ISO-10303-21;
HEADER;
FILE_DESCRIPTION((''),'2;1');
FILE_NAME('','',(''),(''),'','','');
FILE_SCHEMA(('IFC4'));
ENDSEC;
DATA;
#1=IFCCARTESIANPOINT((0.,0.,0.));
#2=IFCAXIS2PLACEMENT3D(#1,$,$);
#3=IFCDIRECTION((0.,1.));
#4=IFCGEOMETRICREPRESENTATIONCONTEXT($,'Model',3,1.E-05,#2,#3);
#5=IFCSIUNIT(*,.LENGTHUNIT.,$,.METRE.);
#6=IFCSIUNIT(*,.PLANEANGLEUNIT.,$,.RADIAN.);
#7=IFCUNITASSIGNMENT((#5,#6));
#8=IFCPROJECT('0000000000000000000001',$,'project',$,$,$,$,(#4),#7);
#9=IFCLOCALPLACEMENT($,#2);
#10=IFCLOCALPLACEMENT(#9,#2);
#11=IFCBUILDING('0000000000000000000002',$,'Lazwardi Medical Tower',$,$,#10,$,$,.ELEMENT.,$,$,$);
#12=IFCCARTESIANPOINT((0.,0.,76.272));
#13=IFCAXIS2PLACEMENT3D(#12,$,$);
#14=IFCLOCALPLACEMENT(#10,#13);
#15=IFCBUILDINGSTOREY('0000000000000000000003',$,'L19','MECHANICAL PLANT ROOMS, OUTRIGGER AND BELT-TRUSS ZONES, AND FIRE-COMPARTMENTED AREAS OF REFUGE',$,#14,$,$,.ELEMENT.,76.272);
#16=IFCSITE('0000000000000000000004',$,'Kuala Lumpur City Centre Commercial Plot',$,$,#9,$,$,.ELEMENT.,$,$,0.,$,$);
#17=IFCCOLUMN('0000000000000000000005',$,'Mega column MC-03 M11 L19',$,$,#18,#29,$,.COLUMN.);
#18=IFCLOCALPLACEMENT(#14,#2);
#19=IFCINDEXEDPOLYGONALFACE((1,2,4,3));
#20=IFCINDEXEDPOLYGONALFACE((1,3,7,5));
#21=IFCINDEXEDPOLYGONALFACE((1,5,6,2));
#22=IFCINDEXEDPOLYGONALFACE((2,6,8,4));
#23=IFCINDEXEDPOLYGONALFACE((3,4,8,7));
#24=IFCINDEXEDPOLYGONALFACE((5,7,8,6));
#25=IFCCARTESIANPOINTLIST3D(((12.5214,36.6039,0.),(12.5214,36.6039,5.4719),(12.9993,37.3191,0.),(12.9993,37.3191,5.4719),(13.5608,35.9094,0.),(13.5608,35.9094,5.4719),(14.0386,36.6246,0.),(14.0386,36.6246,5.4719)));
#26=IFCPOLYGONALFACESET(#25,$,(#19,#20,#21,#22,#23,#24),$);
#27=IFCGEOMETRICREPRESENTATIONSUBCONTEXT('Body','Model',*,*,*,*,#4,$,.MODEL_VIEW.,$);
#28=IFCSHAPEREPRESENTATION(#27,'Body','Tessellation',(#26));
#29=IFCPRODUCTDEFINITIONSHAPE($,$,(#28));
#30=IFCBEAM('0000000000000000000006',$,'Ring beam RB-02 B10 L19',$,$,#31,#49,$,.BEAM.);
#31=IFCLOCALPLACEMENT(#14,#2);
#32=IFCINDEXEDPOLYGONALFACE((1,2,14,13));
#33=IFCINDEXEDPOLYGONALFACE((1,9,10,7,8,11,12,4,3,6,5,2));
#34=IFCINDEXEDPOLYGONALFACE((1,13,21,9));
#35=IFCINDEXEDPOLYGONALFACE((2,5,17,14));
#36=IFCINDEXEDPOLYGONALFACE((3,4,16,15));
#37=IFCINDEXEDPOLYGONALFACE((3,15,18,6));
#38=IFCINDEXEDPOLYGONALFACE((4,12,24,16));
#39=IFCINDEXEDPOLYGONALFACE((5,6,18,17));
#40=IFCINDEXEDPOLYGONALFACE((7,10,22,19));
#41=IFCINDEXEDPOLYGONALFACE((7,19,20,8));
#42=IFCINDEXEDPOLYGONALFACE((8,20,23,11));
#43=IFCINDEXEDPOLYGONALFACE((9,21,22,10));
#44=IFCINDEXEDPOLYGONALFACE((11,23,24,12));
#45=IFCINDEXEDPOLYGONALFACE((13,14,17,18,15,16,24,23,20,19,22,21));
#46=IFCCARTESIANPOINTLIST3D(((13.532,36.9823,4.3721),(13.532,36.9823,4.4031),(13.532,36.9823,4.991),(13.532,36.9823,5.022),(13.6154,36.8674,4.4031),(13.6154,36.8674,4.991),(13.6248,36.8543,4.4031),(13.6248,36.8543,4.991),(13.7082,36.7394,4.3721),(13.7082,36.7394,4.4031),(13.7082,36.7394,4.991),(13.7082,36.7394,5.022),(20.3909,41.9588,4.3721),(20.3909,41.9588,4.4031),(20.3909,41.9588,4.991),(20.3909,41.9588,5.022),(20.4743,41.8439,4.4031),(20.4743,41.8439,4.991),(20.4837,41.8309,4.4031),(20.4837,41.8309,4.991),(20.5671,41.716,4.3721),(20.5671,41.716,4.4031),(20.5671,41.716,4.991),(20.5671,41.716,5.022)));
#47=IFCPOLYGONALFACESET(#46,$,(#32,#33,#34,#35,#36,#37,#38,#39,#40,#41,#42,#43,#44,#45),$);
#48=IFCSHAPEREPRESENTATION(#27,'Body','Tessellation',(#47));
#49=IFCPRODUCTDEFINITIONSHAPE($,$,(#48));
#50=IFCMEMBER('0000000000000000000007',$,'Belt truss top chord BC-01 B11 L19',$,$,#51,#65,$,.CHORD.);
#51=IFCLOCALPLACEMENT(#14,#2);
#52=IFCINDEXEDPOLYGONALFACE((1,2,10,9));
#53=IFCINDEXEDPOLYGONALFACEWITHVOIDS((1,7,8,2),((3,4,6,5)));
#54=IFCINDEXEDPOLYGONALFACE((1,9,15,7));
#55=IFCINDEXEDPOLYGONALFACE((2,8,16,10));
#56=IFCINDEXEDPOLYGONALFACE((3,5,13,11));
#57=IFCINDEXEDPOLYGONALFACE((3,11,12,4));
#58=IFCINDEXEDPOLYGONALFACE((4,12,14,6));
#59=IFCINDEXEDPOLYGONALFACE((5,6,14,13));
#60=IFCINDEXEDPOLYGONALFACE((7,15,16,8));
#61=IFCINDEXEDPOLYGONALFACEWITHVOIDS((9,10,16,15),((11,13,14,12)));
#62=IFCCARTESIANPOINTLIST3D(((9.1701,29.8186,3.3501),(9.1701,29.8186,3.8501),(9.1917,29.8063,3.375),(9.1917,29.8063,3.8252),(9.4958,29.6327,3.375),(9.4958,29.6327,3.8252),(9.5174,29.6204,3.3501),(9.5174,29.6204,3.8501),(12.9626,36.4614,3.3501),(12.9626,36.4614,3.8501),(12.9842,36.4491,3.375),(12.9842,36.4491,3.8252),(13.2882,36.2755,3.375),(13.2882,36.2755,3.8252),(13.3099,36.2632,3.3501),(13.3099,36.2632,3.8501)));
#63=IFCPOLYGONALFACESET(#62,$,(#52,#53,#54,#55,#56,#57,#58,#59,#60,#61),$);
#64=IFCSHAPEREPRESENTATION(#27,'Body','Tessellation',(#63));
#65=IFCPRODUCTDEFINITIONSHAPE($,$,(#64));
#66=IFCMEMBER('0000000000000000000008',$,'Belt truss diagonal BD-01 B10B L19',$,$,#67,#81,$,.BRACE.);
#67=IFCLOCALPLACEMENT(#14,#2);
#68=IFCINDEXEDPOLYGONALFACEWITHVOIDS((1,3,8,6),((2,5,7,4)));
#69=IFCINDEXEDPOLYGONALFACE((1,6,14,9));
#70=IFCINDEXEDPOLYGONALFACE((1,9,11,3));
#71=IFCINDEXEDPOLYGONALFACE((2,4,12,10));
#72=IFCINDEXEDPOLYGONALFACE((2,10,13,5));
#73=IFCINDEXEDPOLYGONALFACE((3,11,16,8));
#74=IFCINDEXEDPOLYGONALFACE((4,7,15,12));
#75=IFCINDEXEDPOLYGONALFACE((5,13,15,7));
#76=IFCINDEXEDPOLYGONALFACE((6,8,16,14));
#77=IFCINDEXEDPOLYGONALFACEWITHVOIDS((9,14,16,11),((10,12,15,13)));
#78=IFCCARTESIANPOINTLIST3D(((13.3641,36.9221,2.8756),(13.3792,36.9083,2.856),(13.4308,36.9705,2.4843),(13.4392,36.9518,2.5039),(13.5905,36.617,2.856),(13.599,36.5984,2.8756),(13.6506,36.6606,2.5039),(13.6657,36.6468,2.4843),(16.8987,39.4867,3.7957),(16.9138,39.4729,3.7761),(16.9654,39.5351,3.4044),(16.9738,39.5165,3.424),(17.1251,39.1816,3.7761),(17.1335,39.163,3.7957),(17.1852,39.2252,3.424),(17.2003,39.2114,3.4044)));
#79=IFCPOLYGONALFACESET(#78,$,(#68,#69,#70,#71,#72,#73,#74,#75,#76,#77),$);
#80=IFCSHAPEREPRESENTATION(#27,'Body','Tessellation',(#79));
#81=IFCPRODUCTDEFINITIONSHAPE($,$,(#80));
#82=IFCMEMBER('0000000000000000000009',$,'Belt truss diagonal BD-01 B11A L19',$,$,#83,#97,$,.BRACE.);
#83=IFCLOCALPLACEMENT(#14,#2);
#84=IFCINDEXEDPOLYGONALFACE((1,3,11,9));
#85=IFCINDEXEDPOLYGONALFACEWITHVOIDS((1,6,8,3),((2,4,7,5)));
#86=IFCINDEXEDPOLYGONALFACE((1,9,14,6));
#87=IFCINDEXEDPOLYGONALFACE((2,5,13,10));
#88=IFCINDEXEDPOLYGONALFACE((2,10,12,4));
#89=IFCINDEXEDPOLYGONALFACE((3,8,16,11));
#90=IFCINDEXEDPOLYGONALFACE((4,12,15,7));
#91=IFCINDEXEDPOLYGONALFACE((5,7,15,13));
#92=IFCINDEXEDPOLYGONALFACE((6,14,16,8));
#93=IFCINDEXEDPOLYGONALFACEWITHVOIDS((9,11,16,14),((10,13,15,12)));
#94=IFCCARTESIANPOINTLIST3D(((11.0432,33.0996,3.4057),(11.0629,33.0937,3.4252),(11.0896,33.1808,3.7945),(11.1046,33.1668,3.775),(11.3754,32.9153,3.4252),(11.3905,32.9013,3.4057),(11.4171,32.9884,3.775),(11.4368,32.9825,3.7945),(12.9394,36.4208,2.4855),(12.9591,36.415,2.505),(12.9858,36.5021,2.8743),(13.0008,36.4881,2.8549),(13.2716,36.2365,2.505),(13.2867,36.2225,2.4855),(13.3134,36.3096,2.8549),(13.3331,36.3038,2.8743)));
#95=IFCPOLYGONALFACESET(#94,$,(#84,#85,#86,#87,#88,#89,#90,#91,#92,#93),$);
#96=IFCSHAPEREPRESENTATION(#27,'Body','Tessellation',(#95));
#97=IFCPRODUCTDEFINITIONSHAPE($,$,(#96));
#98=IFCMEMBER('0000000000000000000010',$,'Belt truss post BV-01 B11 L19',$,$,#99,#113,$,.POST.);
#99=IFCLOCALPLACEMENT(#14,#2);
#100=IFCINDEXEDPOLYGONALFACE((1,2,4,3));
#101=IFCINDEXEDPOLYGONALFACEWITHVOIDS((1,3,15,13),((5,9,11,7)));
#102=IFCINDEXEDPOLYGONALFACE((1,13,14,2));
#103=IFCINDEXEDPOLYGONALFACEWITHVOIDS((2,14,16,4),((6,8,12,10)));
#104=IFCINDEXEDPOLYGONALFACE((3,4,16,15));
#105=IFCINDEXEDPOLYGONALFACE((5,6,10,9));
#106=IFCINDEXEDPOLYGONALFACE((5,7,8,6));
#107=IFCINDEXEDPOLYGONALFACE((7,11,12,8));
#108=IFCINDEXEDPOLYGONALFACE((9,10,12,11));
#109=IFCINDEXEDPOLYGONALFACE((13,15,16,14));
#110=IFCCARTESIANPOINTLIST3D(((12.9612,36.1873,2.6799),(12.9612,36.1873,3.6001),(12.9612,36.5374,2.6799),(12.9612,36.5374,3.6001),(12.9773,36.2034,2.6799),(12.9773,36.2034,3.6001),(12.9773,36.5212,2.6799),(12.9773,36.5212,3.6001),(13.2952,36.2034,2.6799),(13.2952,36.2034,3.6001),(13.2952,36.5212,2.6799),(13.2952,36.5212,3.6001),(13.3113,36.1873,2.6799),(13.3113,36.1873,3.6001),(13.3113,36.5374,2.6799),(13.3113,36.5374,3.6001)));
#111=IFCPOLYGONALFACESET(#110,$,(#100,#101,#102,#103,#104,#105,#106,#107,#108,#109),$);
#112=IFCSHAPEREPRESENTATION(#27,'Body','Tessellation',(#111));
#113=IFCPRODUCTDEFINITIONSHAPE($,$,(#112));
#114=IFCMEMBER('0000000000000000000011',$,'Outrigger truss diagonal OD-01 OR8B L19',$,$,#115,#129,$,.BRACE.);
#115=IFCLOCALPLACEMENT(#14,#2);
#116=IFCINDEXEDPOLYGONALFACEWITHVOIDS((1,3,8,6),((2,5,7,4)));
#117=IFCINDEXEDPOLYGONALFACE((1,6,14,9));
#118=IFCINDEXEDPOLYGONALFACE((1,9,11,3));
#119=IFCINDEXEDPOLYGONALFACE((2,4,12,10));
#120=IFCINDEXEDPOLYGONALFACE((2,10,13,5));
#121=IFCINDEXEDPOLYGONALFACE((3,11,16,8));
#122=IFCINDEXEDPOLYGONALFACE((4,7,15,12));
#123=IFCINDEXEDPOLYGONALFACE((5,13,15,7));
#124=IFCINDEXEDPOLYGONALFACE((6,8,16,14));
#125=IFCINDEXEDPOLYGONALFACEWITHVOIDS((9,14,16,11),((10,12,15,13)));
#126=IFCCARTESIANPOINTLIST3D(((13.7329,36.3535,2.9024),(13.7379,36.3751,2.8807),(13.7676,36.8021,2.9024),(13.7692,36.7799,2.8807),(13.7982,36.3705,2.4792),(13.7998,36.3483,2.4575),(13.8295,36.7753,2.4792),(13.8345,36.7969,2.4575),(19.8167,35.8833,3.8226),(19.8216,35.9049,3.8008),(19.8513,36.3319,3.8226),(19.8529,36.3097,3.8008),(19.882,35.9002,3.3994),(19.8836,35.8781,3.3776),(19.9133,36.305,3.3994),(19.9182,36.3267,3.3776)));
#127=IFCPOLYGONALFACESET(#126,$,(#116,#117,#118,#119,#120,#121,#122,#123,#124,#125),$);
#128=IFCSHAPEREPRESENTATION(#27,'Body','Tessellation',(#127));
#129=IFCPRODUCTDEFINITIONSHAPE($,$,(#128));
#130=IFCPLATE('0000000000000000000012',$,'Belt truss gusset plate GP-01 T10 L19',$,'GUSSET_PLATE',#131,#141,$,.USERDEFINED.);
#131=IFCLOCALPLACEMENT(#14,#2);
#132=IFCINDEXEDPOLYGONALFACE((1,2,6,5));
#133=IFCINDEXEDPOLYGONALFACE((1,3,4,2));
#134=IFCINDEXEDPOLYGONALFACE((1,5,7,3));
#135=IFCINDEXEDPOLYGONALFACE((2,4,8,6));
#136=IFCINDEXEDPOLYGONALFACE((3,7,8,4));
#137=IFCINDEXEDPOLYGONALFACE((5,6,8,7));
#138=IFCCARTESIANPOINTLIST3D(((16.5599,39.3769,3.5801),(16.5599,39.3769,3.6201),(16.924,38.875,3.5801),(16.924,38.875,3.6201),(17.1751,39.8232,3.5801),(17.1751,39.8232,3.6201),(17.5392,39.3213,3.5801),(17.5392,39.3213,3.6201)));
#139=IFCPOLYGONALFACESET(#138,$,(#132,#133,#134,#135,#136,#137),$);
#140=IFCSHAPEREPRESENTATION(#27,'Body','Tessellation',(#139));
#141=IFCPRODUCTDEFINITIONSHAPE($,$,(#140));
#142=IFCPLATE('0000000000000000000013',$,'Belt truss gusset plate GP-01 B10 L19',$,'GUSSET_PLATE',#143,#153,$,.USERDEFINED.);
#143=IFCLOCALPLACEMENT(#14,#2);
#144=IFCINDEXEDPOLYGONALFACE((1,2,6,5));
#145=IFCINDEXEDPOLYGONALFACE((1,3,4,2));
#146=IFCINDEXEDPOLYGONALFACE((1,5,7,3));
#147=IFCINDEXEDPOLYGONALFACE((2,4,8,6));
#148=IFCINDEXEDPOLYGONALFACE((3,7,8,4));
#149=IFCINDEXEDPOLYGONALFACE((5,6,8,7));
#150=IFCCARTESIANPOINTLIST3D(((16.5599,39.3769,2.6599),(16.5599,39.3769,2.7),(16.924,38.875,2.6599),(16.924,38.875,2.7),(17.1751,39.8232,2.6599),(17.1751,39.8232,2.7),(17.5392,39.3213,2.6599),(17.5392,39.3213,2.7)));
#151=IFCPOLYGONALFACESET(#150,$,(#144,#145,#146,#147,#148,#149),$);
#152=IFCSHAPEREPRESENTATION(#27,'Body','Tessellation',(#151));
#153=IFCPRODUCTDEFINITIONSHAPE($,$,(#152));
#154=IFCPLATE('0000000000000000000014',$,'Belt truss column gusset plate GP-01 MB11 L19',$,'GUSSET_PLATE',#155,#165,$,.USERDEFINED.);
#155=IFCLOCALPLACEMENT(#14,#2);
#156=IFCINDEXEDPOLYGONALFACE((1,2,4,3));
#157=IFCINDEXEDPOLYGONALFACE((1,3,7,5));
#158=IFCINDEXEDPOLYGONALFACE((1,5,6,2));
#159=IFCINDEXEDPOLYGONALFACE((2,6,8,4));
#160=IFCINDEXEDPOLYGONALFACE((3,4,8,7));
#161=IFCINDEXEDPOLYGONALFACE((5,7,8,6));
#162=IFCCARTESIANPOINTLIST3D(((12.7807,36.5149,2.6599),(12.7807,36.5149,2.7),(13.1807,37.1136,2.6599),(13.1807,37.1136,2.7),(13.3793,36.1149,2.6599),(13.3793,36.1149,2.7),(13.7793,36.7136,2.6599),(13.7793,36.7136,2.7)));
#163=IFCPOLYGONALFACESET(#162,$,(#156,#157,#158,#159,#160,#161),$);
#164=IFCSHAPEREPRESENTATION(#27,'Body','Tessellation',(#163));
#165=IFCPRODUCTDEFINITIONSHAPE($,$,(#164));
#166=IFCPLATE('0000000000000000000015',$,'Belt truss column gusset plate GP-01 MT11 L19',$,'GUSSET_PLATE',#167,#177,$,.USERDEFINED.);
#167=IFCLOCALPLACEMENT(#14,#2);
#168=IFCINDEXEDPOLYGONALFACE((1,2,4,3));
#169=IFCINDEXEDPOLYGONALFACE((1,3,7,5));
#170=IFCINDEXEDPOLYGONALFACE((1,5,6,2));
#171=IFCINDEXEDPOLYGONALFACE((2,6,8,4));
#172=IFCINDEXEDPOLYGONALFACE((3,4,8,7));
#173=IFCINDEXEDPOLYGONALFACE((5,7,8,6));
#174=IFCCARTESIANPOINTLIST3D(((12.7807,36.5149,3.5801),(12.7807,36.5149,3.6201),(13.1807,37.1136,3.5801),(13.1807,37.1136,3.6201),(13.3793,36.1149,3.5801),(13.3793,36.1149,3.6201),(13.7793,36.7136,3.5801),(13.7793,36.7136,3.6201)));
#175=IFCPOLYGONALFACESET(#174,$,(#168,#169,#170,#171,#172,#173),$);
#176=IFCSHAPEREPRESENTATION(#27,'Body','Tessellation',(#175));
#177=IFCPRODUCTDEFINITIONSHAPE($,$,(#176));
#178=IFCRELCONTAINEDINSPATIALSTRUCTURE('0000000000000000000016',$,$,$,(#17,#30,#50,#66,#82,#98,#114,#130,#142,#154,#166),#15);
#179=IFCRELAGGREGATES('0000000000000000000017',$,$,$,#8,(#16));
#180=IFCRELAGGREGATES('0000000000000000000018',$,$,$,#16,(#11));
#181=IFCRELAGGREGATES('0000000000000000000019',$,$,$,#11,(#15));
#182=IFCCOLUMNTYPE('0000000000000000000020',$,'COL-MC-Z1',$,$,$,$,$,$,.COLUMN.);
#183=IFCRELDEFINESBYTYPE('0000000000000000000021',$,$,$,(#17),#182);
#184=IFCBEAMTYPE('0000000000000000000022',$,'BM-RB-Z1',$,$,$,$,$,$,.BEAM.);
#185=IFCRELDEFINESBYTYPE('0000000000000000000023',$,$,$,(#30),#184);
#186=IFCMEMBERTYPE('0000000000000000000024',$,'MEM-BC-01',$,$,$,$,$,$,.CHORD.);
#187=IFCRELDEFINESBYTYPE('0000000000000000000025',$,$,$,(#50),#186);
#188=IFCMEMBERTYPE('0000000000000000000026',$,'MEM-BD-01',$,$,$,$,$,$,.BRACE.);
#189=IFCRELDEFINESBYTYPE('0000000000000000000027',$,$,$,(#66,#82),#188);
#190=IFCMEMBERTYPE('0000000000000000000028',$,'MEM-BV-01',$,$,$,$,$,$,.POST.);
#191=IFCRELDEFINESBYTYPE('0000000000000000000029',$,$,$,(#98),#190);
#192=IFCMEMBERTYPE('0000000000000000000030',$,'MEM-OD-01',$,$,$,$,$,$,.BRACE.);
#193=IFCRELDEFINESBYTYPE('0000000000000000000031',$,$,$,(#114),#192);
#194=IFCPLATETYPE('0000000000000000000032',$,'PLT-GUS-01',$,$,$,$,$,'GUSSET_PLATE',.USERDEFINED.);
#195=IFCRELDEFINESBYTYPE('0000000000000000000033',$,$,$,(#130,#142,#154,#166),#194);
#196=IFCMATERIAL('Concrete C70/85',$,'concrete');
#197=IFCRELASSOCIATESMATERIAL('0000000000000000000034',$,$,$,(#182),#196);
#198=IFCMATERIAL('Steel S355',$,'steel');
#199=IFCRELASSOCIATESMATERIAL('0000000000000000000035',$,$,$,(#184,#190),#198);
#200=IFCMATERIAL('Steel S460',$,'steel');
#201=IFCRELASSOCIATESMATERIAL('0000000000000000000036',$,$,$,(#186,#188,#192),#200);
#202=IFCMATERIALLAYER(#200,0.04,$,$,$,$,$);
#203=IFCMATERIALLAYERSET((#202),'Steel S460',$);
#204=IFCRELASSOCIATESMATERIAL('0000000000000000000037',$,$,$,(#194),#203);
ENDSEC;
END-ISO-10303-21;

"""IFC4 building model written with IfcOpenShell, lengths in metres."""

from ifc_helpers import new_model, si_unit, direction, frame, origin, origin_2d, place, context, subcontext, project, spatial, rectangle, hollow_rectangle, i_section, extrude, material, layer, layer_set, material_profile, profile_set, type_object, element, save


model = new_model("IFC4")

# Units and contexts
model_context = context("Model", 3, precision=1e-05, world=origin(), true_north=direction((0.0, 1.0)))
body_context = subcontext(model_context, "Body", "Model", "MODEL_VIEW")
ifc_project = project(units=[si_unit("LENGTHUNIT", "METRE"), si_unit("PLANEANGLEUNIT", "RADIAN")], contexts=[model_context])

# Site, building, storey
site_placement = place(None, origin())
site = spatial("IfcSite", under=ifc_project, at=site_placement, Name="Kuala Lumpur City Centre Commercial Plot", CompositionType="ELEMENT", RefElevation=0.0)
building_placement = place(site_placement, origin())
building = spatial("IfcBuilding", under=site, at=building_placement, Name="Lazwardi Medical Tower", CompositionType="ELEMENT")
storey_placement = place(building_placement, frame((0.0, 0.0, 76.272)))
storey = spatial("IfcBuildingStorey", under=building, at=storey_placement, Name="L19", Description="MECHANICAL PLANT ROOMS, OUTRIGGER AND BELT-TRUSS ZONES, AND FIRE-COMPARTMENTED AREAS OF REFUGE", CompositionType="ELEMENT", Elevation=76.272)

# Column
ifc_material_1 = material(Name="Concrete C70/85", Category="concrete")
ifc_material_profile_1 = material_profile(ifc_material_1, rectangle(XDim=1.25, YDim=0.8601, at=origin_2d()), Name="CFT-RECT 1250x860")
ifc_profile_set_1 = profile_set([ifc_material_profile_1], Name="Concrete C70/85")
column_type = type_object("IfcColumnType", Name="COL-MC-Z1", PredefinedType="COLUMN", material=ifc_profile_set_1)
column_placement = place(storey_placement, frame((13.28, 36.6143, 0.0), z_axis=(0.0, 0.0, 1.0), x_axis=(-0.83147, 0.55557, 0.0)))
element("IfcColumn", 1, at=column_placement, inside=storey, type_object=column_type, Name="Mega column MC-03 M11 L19", PredefinedType="COLUMN", context=body_context, shape_type="SweptSolid", body=[
    extrude(rectangle(XDim=1.25, YDim=0.8601, at=origin_2d()), origin(), (0.0, 0.0, 1.0), 5.4719),
])

# Beam
ifc_material_2 = material(Name="Steel S355", Category="steel")
ifc_material_profile_2 = material_profile(ifc_material_2, i_section(OverallWidth=0.3, OverallDepth=0.6499, WebThickness=0.0161, FlangeThickness=0.031, at=origin_2d()), Name="HEB 650")
ifc_profile_set_2 = profile_set([ifc_material_profile_2], Name="Steel S355")
beam_type = type_object("IfcBeamType", Name="BM-RB-Z1", PredefinedType="BEAM", material=ifc_profile_set_2)
beam_placement = place(storey_placement, frame((20.479, 41.8374, 4.697), z_axis=(-0.809393, -0.587267, 0.0), x_axis=(0.587267, -0.809393, 0.0)))
element("IfcBeam", 2, at=beam_placement, inside=storey, type_object=beam_type, Name="Ring beam RB-02 B10 L19", PredefinedType="BEAM", context=body_context, shape_type="SweptSolid", body=[
    extrude(i_section(OverallWidth=0.3, OverallDepth=0.6499, WebThickness=0.0161, FlangeThickness=0.031, at=origin_2d()), origin(), (0.0, 0.0, 1.0), 8.4741),
])

# Members
ifc_material_3 = material(Name="Steel S460", Category="steel")
ifc_material_profile_3 = material_profile(ifc_material_3, hollow_rectangle(XDim=0.3999, YDim=0.5, WallThickness=0.0249, at=origin_2d()), Name="RHS 500x400x25")
ifc_profile_set_3 = profile_set([ifc_material_profile_3], Name="Steel S460")
member_type_1 = type_object("IfcMemberType", Name="MEM-BC-01", PredefinedType="CHORD", material=ifc_profile_set_3)
member_1_placement = place(storey_placement, frame((13.1362, 36.3623, 3.6001), z_axis=(-0.495802, -0.868436, 0.0), x_axis=(0.868436, -0.495802, 0.0)))
element("IfcMember", 3, at=member_1_placement, inside=storey, type_object=member_type_1, Name="Belt truss top chord BC-01 B11 L19", PredefinedType="CHORD", context=body_context, shape_type="SweptSolid", body=[
    extrude(hollow_rectangle(XDim=0.3999, YDim=0.5, WallThickness=0.0249, at=origin_2d()), origin(), (0.0, 0.0, 1.0), 7.6492),
])
ifc_material_profile_4 = material_profile(ifc_material_3, hollow_rectangle(XDim=0.3999, YDim=0.3999, WallThickness=0.02, at=origin_2d()), Name="RHS 400x400x20")
ifc_profile_set_4 = profile_set([ifc_material_profile_4], Name="Steel S460")
member_type_2 = type_object("IfcMemberType", Name="MEM-BD-01", PredefinedType="BRACE", material=ifc_profile_set_4)
member_2_placement = place(storey_placement, frame((13.5149, 36.7844, 2.6799), z_axis=(0.791996, 0.574659, 0.206177), x_axis=(-0.587277, 0.809386, 0.0)))
element("IfcMember", 4, at=member_2_placement, inside=storey, type_object=member_type_2, Name="Belt truss diagonal BD-01 B10B L19", PredefinedType="BRACE", context=body_context, shape_type="SweptSolid", body=[
    extrude(hollow_rectangle(XDim=0.3999, YDim=0.3999, WallThickness=0.02, at=origin_2d()), origin(), (0.0, 0.0, 1.0), 4.4629),
])
member_3_placement = place(storey_placement, frame((13.1362, 36.3623, 2.6799), z_axis=(-0.482059, -0.844333, 0.233923), x_axis=(0.868428, -0.495816, 0.0)))
element("IfcMember", 5, at=member_3_placement, inside=storey, type_object=member_type_2, Name="Belt truss diagonal BD-01 B11A L19", PredefinedType="BRACE", context=body_context, shape_type="SweptSolid", body=[
    extrude(hollow_rectangle(XDim=0.3999, YDim=0.3999, WallThickness=0.02, at=origin_2d()), origin(), (0.0, 0.0, 1.0), 3.9336),
])
ifc_material_profile_5 = material_profile(ifc_material_2, hollow_rectangle(XDim=0.3501, YDim=0.3501, WallThickness=0.0161, at=origin_2d()), Name="RHS 350x350x16")
ifc_profile_set_5 = profile_set([ifc_material_profile_5], Name="Steel S355")
member_type_3 = type_object("IfcMemberType", Name="MEM-BV-01", PredefinedType="POST", material=ifc_profile_set_5)
member_4_placement = place(storey_placement, frame((13.1362, 36.3623, 2.6799), z_axis=(0.0, 0.0, 1.0), x_axis=(1.0, 0.0, 0.0)))
element("IfcMember", 6, at=member_4_placement, inside=storey, type_object=member_type_3, Name="Belt truss post BV-01 B11 L19", PredefinedType="POST", context=body_context, shape_type="SweptSolid", body=[
    extrude(hollow_rectangle(XDim=0.3501, YDim=0.3501, WallThickness=0.0161, at=origin_2d()), origin(), (0.0, 0.0, 1.0), 0.9202),
])
ifc_material_profile_6 = material_profile(ifc_material_3, hollow_rectangle(XDim=0.45, YDim=0.45, WallThickness=0.022, at=origin_2d()), Name="RHS 450x450x22")
ifc_profile_set_6 = profile_set([ifc_material_profile_6], Name="Steel S460")
member_type_4 = type_object("IfcMemberType", Name="MEM-OD-01", PredefinedType="BRACE", material=ifc_profile_set_6)
member_5_placement = place(storey_placement, frame((13.7837, 36.5752, 2.6799), z_axis=(0.98588, -0.076199, 0.149114), x_axis=(0.077061, 0.997026, 0.0)))
element("IfcMember", 7, at=member_5_placement, inside=storey, type_object=member_type_4, Name="Outrigger truss diagonal OD-01 OR8B L19", PredefinedType="BRACE", context=body_context, shape_type="SweptSolid", body=[
    extrude(hollow_rectangle(XDim=0.45, YDim=0.45, WallThickness=0.022, at=origin_2d()), origin(), (0.0, 0.0, 1.0), 6.1709),
])

# Plates
ifc_layer = layer(ifc_material_3, 0.04)
ifc_layer_set = layer_set([ifc_layer], Name="Steel S460")
plate_type = type_object("IfcPlateType", Name="PLT-GUS-01", ElementType="GUSSET_PLATE", PredefinedType="USERDEFINED", material=ifc_layer_set)
for number, where, z_axis, x_axis, name in (
    (8, (17.0496, 39.3491, 3.5801), (0.0, 0.0, 1.0), (-0.809427, -0.58722, 0.0), "Belt truss gusset plate GP-01 T10 L19"),
    (9, (17.0496, 39.3491, 2.6599), (0.0, 0.0, 1.0), (-0.809427, -0.58722, 0.0), "Belt truss gusset plate GP-01 B10 L19"),
):
    element("IfcPlate", number, at=place(storey_placement, frame(where, z_axis=z_axis, x_axis=x_axis)), inside=storey, type_object=plate_type, Name=name, ObjectType="GUSSET_PLATE", PredefinedType="USERDEFINED", context=body_context, shape_type="SweptSolid", body=[
        extrude(rectangle(XDim=0.76, YDim=0.6201, at=origin_2d()), origin(), (0.0, 0.0, 1.0), 0.04),
    ])
for number, where, z_axis, x_axis, name in (
    (10, (13.28, 36.6143, 2.6599), (0.0, 0.0, 1.0), (-0.83147, 0.55557, 0.0), "Belt truss column gusset plate GP-01 MB11 L19"),
    (11, (13.28, 36.6143, 3.5801), (0.0, 0.0, 1.0), (-0.83147, 0.55557, 0.0), "Belt truss column gusset plate GP-01 MT11 L19"),
):
    element("IfcPlate", number, at=place(storey_placement, frame(where, z_axis=z_axis, x_axis=x_axis)), inside=storey, type_object=plate_type, Name=name, ObjectType="GUSSET_PLATE", PredefinedType="USERDEFINED", context=body_context, shape_type="SweptSolid", body=[
        extrude(rectangle(XDim=0.72, YDim=0.72, at=origin_2d()), origin(), (0.0, 0.0, 1.0), 0.04),
    ])

save(model, "model.ifc")
